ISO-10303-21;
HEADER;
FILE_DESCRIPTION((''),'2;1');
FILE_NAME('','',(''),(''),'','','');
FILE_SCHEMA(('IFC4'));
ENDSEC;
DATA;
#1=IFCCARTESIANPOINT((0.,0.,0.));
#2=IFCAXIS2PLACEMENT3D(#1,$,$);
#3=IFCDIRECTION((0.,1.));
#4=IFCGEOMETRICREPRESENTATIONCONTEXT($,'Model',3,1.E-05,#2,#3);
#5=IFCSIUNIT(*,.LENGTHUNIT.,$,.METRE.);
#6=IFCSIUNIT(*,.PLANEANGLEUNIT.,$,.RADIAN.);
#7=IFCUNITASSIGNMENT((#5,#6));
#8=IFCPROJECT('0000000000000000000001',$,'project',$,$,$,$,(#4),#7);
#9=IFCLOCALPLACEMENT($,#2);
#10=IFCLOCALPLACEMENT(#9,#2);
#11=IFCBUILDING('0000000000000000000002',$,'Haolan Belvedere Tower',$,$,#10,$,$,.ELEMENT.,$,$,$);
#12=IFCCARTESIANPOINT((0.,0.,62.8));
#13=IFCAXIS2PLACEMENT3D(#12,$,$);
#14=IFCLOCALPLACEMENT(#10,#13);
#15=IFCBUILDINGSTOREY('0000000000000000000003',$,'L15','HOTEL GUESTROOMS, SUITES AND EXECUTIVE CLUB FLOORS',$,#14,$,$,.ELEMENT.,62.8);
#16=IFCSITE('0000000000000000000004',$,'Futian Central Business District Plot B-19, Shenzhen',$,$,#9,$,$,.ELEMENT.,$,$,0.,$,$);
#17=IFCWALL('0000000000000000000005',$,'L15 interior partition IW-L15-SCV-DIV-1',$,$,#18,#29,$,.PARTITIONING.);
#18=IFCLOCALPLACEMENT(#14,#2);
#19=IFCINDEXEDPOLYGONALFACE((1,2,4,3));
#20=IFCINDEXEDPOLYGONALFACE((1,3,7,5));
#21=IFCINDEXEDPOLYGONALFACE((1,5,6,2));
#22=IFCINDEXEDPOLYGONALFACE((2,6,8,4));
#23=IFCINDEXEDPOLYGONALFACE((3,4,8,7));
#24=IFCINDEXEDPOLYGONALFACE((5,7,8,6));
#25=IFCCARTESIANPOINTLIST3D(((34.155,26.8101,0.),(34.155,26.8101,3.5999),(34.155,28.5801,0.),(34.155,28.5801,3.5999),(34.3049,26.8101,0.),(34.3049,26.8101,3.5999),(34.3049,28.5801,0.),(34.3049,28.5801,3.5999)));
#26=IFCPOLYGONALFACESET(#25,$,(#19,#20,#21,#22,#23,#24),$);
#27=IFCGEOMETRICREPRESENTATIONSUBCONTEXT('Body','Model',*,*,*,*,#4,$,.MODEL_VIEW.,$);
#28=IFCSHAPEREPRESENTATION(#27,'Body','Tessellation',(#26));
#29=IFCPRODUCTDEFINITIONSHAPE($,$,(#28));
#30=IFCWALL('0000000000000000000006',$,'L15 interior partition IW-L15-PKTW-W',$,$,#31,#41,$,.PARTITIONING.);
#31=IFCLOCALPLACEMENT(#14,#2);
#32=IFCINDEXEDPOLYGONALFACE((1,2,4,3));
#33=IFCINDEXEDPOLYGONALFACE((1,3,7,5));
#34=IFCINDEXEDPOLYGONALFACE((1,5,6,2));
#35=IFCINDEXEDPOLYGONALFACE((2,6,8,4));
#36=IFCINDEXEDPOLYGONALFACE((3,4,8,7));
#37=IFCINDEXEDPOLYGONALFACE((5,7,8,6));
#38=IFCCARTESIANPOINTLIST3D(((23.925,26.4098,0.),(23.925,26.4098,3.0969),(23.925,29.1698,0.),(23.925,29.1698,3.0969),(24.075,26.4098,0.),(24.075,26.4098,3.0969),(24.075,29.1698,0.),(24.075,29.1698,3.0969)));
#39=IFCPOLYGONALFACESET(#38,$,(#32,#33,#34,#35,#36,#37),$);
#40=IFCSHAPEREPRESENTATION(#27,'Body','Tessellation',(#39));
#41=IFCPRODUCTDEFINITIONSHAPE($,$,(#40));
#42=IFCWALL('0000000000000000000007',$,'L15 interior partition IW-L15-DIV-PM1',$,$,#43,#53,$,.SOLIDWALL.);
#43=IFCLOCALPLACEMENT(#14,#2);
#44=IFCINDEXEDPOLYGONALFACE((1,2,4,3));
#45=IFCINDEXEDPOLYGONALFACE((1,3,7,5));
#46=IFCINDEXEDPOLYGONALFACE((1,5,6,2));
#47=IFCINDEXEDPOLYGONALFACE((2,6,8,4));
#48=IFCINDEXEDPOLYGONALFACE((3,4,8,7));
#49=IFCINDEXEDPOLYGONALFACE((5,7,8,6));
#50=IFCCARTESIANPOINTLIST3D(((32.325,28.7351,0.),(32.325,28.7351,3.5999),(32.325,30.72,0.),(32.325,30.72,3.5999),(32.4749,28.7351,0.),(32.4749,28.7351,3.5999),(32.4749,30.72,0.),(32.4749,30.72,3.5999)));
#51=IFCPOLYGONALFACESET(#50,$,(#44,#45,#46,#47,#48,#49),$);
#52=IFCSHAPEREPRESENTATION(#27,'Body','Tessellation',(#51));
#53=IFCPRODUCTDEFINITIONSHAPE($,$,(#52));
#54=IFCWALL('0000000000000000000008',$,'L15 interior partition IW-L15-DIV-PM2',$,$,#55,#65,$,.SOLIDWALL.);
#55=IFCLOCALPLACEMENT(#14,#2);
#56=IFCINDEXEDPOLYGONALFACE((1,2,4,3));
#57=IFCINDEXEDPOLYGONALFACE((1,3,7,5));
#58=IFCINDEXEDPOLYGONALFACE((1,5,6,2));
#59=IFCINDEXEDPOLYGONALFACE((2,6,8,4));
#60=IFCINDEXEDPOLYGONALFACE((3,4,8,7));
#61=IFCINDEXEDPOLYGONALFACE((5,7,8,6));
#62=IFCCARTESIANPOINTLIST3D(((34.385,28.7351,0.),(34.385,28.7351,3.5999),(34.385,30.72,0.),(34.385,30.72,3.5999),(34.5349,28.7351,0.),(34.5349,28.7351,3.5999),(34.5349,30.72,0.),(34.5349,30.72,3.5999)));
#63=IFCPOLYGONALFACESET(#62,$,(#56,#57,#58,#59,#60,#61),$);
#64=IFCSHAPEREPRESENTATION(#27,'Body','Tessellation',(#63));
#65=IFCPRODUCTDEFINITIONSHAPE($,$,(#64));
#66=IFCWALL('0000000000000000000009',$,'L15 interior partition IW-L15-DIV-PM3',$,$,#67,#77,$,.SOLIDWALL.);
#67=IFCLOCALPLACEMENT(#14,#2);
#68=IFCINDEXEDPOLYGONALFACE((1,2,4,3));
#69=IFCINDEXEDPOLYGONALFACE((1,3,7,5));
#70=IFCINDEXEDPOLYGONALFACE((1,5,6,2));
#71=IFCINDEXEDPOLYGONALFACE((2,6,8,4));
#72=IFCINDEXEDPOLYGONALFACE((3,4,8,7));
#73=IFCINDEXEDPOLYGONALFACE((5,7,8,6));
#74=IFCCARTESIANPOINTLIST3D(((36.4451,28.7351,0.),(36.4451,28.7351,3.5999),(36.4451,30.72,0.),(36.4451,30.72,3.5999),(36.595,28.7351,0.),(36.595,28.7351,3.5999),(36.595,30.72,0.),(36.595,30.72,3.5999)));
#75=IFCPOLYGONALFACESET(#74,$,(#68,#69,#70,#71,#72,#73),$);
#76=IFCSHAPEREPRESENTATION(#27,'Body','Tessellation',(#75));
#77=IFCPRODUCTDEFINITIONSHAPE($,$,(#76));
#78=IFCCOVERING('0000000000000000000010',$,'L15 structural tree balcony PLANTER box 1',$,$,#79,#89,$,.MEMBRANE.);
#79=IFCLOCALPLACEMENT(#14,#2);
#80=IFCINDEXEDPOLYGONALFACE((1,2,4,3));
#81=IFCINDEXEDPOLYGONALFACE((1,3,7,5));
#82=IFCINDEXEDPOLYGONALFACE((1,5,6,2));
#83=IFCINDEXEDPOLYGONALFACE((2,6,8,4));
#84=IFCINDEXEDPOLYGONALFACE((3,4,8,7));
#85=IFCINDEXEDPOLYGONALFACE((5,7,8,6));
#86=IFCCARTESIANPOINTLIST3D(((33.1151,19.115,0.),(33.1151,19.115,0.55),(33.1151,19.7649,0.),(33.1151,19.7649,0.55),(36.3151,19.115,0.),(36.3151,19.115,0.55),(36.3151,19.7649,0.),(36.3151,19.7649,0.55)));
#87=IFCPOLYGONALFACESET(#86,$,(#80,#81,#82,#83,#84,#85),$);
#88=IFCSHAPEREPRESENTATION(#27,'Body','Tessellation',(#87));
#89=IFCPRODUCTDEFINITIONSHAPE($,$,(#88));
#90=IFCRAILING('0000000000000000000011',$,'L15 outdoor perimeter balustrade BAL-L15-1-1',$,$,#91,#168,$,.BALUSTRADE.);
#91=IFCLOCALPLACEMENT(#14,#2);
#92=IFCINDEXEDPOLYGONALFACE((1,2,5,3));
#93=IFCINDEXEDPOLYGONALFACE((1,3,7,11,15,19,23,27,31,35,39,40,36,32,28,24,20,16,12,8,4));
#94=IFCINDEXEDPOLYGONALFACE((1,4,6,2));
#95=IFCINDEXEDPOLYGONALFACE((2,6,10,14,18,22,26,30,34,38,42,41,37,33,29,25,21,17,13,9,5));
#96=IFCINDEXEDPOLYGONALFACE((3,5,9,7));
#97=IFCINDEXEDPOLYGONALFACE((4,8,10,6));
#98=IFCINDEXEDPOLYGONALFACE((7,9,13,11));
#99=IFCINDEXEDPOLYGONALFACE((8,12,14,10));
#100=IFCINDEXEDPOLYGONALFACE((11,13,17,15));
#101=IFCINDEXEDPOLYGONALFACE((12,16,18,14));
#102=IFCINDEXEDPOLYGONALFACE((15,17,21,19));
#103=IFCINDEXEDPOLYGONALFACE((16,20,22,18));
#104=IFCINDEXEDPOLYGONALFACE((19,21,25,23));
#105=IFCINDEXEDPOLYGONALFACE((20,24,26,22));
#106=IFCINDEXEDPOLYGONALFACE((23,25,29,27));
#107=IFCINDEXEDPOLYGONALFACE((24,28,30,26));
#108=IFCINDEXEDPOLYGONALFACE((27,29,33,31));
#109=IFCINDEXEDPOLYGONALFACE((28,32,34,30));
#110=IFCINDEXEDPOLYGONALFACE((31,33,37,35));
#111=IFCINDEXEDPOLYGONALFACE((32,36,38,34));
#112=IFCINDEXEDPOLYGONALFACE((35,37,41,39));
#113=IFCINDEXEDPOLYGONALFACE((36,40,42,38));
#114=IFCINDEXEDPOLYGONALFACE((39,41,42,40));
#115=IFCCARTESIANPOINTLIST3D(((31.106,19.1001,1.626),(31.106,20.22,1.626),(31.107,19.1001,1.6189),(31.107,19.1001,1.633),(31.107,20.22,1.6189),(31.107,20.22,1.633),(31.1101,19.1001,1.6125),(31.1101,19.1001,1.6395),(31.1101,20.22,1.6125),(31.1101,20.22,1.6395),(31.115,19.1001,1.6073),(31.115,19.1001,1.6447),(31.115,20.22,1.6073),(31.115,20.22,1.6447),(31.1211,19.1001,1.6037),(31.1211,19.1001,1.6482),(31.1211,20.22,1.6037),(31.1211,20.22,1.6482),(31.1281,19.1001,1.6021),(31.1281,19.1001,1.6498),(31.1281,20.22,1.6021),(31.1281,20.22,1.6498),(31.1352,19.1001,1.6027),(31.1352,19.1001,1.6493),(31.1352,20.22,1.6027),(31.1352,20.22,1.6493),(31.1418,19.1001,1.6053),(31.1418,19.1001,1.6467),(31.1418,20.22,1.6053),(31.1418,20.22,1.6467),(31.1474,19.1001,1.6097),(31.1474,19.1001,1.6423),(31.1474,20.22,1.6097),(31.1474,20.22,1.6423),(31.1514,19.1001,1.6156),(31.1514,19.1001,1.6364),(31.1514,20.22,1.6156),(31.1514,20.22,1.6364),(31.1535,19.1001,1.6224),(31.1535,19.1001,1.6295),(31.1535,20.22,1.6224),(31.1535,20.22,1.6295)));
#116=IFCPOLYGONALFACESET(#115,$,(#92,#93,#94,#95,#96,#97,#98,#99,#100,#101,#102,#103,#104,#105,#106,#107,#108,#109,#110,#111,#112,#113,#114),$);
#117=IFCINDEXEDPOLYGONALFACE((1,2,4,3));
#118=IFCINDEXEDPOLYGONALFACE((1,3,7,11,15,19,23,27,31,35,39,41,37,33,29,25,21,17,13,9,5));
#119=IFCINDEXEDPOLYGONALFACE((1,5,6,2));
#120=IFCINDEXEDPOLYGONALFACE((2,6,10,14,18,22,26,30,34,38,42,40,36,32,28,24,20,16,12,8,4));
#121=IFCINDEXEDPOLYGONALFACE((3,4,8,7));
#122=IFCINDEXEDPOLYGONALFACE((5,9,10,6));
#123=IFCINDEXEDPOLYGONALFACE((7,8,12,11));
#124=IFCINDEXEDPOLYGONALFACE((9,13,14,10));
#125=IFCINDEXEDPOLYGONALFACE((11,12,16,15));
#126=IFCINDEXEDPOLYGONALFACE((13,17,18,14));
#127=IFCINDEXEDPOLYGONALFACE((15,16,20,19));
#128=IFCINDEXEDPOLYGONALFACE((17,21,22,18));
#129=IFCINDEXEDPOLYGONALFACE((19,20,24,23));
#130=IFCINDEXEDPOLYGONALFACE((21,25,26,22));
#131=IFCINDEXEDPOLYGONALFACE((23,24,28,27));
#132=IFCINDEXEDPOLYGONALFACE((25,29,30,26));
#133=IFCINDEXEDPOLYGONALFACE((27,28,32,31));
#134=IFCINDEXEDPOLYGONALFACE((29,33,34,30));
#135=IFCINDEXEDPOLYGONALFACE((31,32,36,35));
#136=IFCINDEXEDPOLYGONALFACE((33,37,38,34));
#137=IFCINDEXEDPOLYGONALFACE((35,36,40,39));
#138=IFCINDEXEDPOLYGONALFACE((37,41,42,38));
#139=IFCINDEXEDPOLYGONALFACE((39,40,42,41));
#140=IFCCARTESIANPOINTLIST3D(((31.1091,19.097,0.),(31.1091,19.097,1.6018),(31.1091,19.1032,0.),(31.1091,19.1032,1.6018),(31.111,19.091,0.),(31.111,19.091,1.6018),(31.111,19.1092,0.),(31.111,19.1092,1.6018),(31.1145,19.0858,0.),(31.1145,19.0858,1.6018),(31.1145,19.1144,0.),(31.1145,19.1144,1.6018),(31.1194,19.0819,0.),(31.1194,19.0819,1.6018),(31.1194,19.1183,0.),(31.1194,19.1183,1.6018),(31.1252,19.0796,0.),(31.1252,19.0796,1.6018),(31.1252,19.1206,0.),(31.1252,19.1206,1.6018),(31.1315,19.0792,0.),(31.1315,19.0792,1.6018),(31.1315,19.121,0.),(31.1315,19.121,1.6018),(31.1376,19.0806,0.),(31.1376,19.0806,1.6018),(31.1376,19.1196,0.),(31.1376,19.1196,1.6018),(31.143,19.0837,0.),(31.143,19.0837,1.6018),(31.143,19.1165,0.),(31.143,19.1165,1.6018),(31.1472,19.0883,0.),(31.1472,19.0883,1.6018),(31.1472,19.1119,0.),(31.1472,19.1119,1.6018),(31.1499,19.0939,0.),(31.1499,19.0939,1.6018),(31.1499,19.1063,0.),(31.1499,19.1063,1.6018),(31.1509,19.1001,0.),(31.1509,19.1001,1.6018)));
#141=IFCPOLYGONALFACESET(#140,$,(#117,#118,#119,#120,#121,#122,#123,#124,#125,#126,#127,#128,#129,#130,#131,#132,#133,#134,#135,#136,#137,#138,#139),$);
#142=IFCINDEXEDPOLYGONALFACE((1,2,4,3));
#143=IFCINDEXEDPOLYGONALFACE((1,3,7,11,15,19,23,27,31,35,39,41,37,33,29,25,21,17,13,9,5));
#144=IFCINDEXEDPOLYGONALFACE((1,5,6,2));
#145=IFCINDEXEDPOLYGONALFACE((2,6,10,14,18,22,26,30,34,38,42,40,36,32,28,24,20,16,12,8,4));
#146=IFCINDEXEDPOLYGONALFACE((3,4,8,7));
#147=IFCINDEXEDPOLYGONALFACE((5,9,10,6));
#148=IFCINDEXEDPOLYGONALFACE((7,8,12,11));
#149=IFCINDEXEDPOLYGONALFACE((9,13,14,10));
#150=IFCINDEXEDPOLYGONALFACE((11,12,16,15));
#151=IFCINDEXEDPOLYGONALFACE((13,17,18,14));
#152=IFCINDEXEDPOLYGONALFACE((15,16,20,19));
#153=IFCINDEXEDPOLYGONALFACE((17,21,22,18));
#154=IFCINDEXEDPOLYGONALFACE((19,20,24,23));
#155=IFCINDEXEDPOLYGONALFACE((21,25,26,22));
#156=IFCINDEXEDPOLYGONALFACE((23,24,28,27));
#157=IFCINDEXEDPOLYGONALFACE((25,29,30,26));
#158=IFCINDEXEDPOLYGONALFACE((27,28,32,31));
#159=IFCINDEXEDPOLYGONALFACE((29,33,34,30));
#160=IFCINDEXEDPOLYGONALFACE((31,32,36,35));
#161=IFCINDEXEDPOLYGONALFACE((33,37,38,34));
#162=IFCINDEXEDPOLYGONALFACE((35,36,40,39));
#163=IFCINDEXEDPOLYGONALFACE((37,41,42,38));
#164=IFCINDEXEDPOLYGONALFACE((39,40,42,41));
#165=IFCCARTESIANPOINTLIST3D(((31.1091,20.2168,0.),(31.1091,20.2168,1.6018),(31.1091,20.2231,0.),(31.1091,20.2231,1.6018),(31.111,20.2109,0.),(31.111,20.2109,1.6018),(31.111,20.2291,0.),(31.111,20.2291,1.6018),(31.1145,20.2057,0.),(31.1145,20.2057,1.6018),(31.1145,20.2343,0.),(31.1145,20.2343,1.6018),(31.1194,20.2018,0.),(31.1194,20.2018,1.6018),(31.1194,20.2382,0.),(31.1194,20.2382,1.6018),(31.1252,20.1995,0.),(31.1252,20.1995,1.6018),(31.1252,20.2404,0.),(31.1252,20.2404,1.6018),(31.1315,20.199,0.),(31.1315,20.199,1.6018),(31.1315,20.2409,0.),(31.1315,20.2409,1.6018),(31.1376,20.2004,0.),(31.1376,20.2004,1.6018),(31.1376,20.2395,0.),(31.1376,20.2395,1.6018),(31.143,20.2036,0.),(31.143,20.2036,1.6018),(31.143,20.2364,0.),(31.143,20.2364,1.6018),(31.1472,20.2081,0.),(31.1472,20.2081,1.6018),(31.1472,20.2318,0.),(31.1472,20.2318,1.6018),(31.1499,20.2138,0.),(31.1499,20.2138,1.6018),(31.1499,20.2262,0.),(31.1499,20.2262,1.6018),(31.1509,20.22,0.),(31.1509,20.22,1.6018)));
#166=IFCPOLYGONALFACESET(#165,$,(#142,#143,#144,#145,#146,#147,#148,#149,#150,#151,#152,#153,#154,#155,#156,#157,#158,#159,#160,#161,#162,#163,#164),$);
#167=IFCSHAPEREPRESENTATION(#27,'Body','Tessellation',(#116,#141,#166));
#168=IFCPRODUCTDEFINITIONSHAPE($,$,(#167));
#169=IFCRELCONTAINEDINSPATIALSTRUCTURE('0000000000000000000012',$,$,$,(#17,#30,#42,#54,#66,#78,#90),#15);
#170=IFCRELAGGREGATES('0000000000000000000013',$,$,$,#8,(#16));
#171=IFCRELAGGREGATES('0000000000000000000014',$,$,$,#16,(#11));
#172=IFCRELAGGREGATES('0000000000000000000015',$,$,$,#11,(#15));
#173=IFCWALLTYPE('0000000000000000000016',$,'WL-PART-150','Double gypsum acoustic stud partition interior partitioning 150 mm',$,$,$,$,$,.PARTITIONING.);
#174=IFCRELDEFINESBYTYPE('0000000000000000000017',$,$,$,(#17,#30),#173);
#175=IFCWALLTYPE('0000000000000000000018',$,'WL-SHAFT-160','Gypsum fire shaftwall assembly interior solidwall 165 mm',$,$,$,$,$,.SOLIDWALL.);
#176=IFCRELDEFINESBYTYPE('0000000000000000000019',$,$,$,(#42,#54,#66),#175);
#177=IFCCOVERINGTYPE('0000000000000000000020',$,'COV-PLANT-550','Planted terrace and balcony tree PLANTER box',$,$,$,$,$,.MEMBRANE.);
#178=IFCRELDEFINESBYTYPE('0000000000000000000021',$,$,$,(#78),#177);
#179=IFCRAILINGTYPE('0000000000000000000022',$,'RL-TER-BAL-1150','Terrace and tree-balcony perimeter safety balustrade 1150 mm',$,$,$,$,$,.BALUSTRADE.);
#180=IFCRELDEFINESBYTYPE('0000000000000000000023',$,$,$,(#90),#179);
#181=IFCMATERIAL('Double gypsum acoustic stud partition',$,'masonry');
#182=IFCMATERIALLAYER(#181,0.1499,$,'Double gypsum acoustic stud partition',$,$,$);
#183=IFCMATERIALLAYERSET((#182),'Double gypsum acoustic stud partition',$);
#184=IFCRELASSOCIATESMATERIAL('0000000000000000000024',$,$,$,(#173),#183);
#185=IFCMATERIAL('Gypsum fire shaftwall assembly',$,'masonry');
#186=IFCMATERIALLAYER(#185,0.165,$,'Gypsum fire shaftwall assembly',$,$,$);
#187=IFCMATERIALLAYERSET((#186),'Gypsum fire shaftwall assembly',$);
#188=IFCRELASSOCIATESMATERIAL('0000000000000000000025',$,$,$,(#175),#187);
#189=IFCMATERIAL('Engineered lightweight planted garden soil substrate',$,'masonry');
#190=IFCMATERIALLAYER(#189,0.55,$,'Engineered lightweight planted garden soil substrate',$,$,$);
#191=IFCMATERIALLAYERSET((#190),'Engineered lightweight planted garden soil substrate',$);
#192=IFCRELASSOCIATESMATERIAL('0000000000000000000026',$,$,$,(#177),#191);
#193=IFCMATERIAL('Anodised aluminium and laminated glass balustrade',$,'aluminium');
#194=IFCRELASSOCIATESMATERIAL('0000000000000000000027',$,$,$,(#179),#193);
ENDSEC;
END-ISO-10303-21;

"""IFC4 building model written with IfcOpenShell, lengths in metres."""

from ifc_helpers import new_model, si_unit, direction, frame, frame_2d, origin, origin_2d, place, context, subcontext, project, spatial, rectangle, circle, extrude, material, layer, layer_set, type_object, element, save


model = new_model("IFC4")

# Units and contexts
model_context = context("Model", 3, precision=1e-05, world=origin(), true_north=direction((0.0, 1.0)))
body_context = subcontext(model_context, "Body", "Model", "MODEL_VIEW")
ifc_project = project(units=[si_unit("LENGTHUNIT", "METRE"), si_unit("PLANEANGLEUNIT", "RADIAN")], contexts=[model_context])

# Site, building, storey
site_placement = place(None, origin())
site = spatial("IfcSite", under=ifc_project, at=site_placement, Name="Futian Central Business District Plot B-19, Shenzhen", CompositionType="ELEMENT", RefElevation=0.0)
building_placement = place(site_placement, origin())
building = spatial("IfcBuilding", under=site, at=building_placement, Name="Haolan Belvedere Tower", CompositionType="ELEMENT")
storey_placement = place(building_placement, frame((0.0, 0.0, 62.8)))
storey = spatial("IfcBuildingStorey", under=building, at=storey_placement, Name="L15", Description="HOTEL GUESTROOMS, SUITES AND EXECUTIVE CLUB FLOORS", CompositionType="ELEMENT", Elevation=62.8)

# Walls
ifc_material_1 = material(Name="Double gypsum acoustic stud partition", Category="masonry")
ifc_layer_1 = layer(ifc_material_1, 0.1499, Name="Double gypsum acoustic stud partition")
ifc_layer_set_1 = layer_set([ifc_layer_1], Name="Double gypsum acoustic stud partition")
wall_type_1 = type_object("IfcWallType", Name="WL-PART-150", Description="Double gypsum acoustic stud partition interior partitioning 150 mm", PredefinedType="PARTITIONING", material=ifc_layer_set_1)
wall_1_placement = place(storey_placement, frame((34.23, 26.8101, 0.0), z_axis=(0.0, 0.0, 1.0), x_axis=(0.0, 1.0, 0.0)))
element("IfcWall", 1, at=wall_1_placement, inside=storey, type_object=wall_type_1, Name="L15 interior partition IW-L15-SCV-DIV-1", PredefinedType="PARTITIONING", context=body_context, shape_type="SweptSolid", body=[
    extrude(rectangle(XDim=1.77, YDim=0.1499, at=frame_2d((0.885, 0.0))), origin(), (0.0, 0.0, 1.0), 3.5999),
])
wall_2_placement = place(storey_placement, frame((24.0, 26.4099, 0.0), z_axis=(0.0, 0.0, 1.0), x_axis=(0.0, 1.0, 0.0)))
element("IfcWall", 2, at=wall_2_placement, inside=storey, type_object=wall_type_1, Name="L15 interior partition IW-L15-PKTW-W", PredefinedType="PARTITIONING", context=body_context, shape_type="SweptSolid", body=[
    extrude(rectangle(XDim=2.76, YDim=0.1499, at=frame_2d((1.3799, 0.0))), origin(), (0.0, 0.0, 1.0), 3.0969),
])

# Walls
ifc_material_2 = material(Name="Gypsum fire shaftwall assembly", Category="masonry")
ifc_layer_2 = layer(ifc_material_2, 0.165, Name="Gypsum fire shaftwall assembly")
ifc_layer_set_2 = layer_set([ifc_layer_2], Name="Gypsum fire shaftwall assembly")
wall_type_2 = type_object("IfcWallType", Name="WL-SHAFT-160", Description="Gypsum fire shaftwall assembly interior solidwall 165 mm", PredefinedType="SOLIDWALL", material=ifc_layer_set_2)
for number, where, z_axis, x_axis, name in (
    (3, (32.3999, 28.7351, 0.0), (0.0, 0.0, 1.0), (0.0, 1.0, 0.0), "L15 interior partition IW-L15-DIV-PM1"),
    (4, (34.46, 28.7351, 0.0), (0.0, 0.0, 1.0), (0.0, 1.0, 0.0), "L15 interior partition IW-L15-DIV-PM2"),
    (5, (36.52, 28.7351, 0.0), (0.0, 0.0, 1.0), (0.0, 1.0, 0.0), "L15 interior partition IW-L15-DIV-PM3"),
):
    element("IfcWall", number, at=place(storey_placement, frame(where, z_axis=z_axis, x_axis=x_axis)), inside=storey, type_object=wall_type_2, Name=name, PredefinedType="SOLIDWALL", context=body_context, shape_type="SweptSolid", body=[
        extrude(rectangle(XDim=1.9849, YDim=0.1499, at=frame_2d((0.9924, 0.0))), origin(), (0.0, 0.0, 1.0), 3.5999),
    ])

# Covering
ifc_material_3 = material(Name="Engineered lightweight planted garden soil substrate", Category="masonry")
ifc_layer_3 = layer(ifc_material_3, 0.55, Name="Engineered lightweight planted garden soil substrate")
ifc_layer_set_3 = layer_set([ifc_layer_3], Name="Engineered lightweight planted garden soil substrate")
covering_type = type_object("IfcCoveringType", Name="COV-PLANT-550", Description="Planted terrace and balcony tree PLANTER box", PredefinedType="MEMBRANE", material=ifc_layer_set_3)
covering_placement = place(storey_placement, frame((34.7151, 19.4399, 0.0), z_axis=(0.0, 0.0, 1.0), x_axis=(1.0, 0.0, 0.0)))
element("IfcCovering", 6, at=covering_placement, inside=storey, type_object=covering_type, Name="L15 structural tree balcony PLANTER box 1", PredefinedType="MEMBRANE", context=body_context, shape_type="SweptSolid", body=[
    extrude(rectangle(XDim=3.2, YDim=0.6499, at=origin_2d()), origin(), (0.0, 0.0, 1.0), 0.55),
])

# Railing
ifc_material_4 = material(Name="Anodised aluminium and laminated glass balustrade", Category="aluminium")
railing_type = type_object("IfcRailingType", Name="RL-TER-BAL-1150", Description="Terrace and tree-balcony perimeter safety balustrade 1150 mm", PredefinedType="BALUSTRADE", material=ifc_material_4)
railing_1_placement = place(storey_placement, frame((31.1299, 19.1001, 0.0)))
element("IfcRailing", 7, at=railing_1_placement, inside=storey, type_object=railing_type, Name="L15 outdoor perimeter balustrade BAL-L15-1-1", PredefinedType="BALUSTRADE", context=body_context, shape_type="SweptSolid", body=[
    extrude(circle(Radius=0.0239, at=origin_2d()), frame((0.0, 0.0, 1.626), z_axis=(0.0, 1.0, 0.0), x_axis=(-1.0, 0.0, 0.0)), (0.0, 0.0, 1.0), 1.1199),
    extrude(circle(Radius=0.021, at=origin_2d()), origin(), (0.0, 0.0, 1.0), 1.6018),
    extrude(circle(Radius=0.021, at=origin_2d()), frame((0.0, 1.1199, 0.0)), (0.0, 0.0, 1.0), 1.6018),
])

save(model, "model.ifc")
